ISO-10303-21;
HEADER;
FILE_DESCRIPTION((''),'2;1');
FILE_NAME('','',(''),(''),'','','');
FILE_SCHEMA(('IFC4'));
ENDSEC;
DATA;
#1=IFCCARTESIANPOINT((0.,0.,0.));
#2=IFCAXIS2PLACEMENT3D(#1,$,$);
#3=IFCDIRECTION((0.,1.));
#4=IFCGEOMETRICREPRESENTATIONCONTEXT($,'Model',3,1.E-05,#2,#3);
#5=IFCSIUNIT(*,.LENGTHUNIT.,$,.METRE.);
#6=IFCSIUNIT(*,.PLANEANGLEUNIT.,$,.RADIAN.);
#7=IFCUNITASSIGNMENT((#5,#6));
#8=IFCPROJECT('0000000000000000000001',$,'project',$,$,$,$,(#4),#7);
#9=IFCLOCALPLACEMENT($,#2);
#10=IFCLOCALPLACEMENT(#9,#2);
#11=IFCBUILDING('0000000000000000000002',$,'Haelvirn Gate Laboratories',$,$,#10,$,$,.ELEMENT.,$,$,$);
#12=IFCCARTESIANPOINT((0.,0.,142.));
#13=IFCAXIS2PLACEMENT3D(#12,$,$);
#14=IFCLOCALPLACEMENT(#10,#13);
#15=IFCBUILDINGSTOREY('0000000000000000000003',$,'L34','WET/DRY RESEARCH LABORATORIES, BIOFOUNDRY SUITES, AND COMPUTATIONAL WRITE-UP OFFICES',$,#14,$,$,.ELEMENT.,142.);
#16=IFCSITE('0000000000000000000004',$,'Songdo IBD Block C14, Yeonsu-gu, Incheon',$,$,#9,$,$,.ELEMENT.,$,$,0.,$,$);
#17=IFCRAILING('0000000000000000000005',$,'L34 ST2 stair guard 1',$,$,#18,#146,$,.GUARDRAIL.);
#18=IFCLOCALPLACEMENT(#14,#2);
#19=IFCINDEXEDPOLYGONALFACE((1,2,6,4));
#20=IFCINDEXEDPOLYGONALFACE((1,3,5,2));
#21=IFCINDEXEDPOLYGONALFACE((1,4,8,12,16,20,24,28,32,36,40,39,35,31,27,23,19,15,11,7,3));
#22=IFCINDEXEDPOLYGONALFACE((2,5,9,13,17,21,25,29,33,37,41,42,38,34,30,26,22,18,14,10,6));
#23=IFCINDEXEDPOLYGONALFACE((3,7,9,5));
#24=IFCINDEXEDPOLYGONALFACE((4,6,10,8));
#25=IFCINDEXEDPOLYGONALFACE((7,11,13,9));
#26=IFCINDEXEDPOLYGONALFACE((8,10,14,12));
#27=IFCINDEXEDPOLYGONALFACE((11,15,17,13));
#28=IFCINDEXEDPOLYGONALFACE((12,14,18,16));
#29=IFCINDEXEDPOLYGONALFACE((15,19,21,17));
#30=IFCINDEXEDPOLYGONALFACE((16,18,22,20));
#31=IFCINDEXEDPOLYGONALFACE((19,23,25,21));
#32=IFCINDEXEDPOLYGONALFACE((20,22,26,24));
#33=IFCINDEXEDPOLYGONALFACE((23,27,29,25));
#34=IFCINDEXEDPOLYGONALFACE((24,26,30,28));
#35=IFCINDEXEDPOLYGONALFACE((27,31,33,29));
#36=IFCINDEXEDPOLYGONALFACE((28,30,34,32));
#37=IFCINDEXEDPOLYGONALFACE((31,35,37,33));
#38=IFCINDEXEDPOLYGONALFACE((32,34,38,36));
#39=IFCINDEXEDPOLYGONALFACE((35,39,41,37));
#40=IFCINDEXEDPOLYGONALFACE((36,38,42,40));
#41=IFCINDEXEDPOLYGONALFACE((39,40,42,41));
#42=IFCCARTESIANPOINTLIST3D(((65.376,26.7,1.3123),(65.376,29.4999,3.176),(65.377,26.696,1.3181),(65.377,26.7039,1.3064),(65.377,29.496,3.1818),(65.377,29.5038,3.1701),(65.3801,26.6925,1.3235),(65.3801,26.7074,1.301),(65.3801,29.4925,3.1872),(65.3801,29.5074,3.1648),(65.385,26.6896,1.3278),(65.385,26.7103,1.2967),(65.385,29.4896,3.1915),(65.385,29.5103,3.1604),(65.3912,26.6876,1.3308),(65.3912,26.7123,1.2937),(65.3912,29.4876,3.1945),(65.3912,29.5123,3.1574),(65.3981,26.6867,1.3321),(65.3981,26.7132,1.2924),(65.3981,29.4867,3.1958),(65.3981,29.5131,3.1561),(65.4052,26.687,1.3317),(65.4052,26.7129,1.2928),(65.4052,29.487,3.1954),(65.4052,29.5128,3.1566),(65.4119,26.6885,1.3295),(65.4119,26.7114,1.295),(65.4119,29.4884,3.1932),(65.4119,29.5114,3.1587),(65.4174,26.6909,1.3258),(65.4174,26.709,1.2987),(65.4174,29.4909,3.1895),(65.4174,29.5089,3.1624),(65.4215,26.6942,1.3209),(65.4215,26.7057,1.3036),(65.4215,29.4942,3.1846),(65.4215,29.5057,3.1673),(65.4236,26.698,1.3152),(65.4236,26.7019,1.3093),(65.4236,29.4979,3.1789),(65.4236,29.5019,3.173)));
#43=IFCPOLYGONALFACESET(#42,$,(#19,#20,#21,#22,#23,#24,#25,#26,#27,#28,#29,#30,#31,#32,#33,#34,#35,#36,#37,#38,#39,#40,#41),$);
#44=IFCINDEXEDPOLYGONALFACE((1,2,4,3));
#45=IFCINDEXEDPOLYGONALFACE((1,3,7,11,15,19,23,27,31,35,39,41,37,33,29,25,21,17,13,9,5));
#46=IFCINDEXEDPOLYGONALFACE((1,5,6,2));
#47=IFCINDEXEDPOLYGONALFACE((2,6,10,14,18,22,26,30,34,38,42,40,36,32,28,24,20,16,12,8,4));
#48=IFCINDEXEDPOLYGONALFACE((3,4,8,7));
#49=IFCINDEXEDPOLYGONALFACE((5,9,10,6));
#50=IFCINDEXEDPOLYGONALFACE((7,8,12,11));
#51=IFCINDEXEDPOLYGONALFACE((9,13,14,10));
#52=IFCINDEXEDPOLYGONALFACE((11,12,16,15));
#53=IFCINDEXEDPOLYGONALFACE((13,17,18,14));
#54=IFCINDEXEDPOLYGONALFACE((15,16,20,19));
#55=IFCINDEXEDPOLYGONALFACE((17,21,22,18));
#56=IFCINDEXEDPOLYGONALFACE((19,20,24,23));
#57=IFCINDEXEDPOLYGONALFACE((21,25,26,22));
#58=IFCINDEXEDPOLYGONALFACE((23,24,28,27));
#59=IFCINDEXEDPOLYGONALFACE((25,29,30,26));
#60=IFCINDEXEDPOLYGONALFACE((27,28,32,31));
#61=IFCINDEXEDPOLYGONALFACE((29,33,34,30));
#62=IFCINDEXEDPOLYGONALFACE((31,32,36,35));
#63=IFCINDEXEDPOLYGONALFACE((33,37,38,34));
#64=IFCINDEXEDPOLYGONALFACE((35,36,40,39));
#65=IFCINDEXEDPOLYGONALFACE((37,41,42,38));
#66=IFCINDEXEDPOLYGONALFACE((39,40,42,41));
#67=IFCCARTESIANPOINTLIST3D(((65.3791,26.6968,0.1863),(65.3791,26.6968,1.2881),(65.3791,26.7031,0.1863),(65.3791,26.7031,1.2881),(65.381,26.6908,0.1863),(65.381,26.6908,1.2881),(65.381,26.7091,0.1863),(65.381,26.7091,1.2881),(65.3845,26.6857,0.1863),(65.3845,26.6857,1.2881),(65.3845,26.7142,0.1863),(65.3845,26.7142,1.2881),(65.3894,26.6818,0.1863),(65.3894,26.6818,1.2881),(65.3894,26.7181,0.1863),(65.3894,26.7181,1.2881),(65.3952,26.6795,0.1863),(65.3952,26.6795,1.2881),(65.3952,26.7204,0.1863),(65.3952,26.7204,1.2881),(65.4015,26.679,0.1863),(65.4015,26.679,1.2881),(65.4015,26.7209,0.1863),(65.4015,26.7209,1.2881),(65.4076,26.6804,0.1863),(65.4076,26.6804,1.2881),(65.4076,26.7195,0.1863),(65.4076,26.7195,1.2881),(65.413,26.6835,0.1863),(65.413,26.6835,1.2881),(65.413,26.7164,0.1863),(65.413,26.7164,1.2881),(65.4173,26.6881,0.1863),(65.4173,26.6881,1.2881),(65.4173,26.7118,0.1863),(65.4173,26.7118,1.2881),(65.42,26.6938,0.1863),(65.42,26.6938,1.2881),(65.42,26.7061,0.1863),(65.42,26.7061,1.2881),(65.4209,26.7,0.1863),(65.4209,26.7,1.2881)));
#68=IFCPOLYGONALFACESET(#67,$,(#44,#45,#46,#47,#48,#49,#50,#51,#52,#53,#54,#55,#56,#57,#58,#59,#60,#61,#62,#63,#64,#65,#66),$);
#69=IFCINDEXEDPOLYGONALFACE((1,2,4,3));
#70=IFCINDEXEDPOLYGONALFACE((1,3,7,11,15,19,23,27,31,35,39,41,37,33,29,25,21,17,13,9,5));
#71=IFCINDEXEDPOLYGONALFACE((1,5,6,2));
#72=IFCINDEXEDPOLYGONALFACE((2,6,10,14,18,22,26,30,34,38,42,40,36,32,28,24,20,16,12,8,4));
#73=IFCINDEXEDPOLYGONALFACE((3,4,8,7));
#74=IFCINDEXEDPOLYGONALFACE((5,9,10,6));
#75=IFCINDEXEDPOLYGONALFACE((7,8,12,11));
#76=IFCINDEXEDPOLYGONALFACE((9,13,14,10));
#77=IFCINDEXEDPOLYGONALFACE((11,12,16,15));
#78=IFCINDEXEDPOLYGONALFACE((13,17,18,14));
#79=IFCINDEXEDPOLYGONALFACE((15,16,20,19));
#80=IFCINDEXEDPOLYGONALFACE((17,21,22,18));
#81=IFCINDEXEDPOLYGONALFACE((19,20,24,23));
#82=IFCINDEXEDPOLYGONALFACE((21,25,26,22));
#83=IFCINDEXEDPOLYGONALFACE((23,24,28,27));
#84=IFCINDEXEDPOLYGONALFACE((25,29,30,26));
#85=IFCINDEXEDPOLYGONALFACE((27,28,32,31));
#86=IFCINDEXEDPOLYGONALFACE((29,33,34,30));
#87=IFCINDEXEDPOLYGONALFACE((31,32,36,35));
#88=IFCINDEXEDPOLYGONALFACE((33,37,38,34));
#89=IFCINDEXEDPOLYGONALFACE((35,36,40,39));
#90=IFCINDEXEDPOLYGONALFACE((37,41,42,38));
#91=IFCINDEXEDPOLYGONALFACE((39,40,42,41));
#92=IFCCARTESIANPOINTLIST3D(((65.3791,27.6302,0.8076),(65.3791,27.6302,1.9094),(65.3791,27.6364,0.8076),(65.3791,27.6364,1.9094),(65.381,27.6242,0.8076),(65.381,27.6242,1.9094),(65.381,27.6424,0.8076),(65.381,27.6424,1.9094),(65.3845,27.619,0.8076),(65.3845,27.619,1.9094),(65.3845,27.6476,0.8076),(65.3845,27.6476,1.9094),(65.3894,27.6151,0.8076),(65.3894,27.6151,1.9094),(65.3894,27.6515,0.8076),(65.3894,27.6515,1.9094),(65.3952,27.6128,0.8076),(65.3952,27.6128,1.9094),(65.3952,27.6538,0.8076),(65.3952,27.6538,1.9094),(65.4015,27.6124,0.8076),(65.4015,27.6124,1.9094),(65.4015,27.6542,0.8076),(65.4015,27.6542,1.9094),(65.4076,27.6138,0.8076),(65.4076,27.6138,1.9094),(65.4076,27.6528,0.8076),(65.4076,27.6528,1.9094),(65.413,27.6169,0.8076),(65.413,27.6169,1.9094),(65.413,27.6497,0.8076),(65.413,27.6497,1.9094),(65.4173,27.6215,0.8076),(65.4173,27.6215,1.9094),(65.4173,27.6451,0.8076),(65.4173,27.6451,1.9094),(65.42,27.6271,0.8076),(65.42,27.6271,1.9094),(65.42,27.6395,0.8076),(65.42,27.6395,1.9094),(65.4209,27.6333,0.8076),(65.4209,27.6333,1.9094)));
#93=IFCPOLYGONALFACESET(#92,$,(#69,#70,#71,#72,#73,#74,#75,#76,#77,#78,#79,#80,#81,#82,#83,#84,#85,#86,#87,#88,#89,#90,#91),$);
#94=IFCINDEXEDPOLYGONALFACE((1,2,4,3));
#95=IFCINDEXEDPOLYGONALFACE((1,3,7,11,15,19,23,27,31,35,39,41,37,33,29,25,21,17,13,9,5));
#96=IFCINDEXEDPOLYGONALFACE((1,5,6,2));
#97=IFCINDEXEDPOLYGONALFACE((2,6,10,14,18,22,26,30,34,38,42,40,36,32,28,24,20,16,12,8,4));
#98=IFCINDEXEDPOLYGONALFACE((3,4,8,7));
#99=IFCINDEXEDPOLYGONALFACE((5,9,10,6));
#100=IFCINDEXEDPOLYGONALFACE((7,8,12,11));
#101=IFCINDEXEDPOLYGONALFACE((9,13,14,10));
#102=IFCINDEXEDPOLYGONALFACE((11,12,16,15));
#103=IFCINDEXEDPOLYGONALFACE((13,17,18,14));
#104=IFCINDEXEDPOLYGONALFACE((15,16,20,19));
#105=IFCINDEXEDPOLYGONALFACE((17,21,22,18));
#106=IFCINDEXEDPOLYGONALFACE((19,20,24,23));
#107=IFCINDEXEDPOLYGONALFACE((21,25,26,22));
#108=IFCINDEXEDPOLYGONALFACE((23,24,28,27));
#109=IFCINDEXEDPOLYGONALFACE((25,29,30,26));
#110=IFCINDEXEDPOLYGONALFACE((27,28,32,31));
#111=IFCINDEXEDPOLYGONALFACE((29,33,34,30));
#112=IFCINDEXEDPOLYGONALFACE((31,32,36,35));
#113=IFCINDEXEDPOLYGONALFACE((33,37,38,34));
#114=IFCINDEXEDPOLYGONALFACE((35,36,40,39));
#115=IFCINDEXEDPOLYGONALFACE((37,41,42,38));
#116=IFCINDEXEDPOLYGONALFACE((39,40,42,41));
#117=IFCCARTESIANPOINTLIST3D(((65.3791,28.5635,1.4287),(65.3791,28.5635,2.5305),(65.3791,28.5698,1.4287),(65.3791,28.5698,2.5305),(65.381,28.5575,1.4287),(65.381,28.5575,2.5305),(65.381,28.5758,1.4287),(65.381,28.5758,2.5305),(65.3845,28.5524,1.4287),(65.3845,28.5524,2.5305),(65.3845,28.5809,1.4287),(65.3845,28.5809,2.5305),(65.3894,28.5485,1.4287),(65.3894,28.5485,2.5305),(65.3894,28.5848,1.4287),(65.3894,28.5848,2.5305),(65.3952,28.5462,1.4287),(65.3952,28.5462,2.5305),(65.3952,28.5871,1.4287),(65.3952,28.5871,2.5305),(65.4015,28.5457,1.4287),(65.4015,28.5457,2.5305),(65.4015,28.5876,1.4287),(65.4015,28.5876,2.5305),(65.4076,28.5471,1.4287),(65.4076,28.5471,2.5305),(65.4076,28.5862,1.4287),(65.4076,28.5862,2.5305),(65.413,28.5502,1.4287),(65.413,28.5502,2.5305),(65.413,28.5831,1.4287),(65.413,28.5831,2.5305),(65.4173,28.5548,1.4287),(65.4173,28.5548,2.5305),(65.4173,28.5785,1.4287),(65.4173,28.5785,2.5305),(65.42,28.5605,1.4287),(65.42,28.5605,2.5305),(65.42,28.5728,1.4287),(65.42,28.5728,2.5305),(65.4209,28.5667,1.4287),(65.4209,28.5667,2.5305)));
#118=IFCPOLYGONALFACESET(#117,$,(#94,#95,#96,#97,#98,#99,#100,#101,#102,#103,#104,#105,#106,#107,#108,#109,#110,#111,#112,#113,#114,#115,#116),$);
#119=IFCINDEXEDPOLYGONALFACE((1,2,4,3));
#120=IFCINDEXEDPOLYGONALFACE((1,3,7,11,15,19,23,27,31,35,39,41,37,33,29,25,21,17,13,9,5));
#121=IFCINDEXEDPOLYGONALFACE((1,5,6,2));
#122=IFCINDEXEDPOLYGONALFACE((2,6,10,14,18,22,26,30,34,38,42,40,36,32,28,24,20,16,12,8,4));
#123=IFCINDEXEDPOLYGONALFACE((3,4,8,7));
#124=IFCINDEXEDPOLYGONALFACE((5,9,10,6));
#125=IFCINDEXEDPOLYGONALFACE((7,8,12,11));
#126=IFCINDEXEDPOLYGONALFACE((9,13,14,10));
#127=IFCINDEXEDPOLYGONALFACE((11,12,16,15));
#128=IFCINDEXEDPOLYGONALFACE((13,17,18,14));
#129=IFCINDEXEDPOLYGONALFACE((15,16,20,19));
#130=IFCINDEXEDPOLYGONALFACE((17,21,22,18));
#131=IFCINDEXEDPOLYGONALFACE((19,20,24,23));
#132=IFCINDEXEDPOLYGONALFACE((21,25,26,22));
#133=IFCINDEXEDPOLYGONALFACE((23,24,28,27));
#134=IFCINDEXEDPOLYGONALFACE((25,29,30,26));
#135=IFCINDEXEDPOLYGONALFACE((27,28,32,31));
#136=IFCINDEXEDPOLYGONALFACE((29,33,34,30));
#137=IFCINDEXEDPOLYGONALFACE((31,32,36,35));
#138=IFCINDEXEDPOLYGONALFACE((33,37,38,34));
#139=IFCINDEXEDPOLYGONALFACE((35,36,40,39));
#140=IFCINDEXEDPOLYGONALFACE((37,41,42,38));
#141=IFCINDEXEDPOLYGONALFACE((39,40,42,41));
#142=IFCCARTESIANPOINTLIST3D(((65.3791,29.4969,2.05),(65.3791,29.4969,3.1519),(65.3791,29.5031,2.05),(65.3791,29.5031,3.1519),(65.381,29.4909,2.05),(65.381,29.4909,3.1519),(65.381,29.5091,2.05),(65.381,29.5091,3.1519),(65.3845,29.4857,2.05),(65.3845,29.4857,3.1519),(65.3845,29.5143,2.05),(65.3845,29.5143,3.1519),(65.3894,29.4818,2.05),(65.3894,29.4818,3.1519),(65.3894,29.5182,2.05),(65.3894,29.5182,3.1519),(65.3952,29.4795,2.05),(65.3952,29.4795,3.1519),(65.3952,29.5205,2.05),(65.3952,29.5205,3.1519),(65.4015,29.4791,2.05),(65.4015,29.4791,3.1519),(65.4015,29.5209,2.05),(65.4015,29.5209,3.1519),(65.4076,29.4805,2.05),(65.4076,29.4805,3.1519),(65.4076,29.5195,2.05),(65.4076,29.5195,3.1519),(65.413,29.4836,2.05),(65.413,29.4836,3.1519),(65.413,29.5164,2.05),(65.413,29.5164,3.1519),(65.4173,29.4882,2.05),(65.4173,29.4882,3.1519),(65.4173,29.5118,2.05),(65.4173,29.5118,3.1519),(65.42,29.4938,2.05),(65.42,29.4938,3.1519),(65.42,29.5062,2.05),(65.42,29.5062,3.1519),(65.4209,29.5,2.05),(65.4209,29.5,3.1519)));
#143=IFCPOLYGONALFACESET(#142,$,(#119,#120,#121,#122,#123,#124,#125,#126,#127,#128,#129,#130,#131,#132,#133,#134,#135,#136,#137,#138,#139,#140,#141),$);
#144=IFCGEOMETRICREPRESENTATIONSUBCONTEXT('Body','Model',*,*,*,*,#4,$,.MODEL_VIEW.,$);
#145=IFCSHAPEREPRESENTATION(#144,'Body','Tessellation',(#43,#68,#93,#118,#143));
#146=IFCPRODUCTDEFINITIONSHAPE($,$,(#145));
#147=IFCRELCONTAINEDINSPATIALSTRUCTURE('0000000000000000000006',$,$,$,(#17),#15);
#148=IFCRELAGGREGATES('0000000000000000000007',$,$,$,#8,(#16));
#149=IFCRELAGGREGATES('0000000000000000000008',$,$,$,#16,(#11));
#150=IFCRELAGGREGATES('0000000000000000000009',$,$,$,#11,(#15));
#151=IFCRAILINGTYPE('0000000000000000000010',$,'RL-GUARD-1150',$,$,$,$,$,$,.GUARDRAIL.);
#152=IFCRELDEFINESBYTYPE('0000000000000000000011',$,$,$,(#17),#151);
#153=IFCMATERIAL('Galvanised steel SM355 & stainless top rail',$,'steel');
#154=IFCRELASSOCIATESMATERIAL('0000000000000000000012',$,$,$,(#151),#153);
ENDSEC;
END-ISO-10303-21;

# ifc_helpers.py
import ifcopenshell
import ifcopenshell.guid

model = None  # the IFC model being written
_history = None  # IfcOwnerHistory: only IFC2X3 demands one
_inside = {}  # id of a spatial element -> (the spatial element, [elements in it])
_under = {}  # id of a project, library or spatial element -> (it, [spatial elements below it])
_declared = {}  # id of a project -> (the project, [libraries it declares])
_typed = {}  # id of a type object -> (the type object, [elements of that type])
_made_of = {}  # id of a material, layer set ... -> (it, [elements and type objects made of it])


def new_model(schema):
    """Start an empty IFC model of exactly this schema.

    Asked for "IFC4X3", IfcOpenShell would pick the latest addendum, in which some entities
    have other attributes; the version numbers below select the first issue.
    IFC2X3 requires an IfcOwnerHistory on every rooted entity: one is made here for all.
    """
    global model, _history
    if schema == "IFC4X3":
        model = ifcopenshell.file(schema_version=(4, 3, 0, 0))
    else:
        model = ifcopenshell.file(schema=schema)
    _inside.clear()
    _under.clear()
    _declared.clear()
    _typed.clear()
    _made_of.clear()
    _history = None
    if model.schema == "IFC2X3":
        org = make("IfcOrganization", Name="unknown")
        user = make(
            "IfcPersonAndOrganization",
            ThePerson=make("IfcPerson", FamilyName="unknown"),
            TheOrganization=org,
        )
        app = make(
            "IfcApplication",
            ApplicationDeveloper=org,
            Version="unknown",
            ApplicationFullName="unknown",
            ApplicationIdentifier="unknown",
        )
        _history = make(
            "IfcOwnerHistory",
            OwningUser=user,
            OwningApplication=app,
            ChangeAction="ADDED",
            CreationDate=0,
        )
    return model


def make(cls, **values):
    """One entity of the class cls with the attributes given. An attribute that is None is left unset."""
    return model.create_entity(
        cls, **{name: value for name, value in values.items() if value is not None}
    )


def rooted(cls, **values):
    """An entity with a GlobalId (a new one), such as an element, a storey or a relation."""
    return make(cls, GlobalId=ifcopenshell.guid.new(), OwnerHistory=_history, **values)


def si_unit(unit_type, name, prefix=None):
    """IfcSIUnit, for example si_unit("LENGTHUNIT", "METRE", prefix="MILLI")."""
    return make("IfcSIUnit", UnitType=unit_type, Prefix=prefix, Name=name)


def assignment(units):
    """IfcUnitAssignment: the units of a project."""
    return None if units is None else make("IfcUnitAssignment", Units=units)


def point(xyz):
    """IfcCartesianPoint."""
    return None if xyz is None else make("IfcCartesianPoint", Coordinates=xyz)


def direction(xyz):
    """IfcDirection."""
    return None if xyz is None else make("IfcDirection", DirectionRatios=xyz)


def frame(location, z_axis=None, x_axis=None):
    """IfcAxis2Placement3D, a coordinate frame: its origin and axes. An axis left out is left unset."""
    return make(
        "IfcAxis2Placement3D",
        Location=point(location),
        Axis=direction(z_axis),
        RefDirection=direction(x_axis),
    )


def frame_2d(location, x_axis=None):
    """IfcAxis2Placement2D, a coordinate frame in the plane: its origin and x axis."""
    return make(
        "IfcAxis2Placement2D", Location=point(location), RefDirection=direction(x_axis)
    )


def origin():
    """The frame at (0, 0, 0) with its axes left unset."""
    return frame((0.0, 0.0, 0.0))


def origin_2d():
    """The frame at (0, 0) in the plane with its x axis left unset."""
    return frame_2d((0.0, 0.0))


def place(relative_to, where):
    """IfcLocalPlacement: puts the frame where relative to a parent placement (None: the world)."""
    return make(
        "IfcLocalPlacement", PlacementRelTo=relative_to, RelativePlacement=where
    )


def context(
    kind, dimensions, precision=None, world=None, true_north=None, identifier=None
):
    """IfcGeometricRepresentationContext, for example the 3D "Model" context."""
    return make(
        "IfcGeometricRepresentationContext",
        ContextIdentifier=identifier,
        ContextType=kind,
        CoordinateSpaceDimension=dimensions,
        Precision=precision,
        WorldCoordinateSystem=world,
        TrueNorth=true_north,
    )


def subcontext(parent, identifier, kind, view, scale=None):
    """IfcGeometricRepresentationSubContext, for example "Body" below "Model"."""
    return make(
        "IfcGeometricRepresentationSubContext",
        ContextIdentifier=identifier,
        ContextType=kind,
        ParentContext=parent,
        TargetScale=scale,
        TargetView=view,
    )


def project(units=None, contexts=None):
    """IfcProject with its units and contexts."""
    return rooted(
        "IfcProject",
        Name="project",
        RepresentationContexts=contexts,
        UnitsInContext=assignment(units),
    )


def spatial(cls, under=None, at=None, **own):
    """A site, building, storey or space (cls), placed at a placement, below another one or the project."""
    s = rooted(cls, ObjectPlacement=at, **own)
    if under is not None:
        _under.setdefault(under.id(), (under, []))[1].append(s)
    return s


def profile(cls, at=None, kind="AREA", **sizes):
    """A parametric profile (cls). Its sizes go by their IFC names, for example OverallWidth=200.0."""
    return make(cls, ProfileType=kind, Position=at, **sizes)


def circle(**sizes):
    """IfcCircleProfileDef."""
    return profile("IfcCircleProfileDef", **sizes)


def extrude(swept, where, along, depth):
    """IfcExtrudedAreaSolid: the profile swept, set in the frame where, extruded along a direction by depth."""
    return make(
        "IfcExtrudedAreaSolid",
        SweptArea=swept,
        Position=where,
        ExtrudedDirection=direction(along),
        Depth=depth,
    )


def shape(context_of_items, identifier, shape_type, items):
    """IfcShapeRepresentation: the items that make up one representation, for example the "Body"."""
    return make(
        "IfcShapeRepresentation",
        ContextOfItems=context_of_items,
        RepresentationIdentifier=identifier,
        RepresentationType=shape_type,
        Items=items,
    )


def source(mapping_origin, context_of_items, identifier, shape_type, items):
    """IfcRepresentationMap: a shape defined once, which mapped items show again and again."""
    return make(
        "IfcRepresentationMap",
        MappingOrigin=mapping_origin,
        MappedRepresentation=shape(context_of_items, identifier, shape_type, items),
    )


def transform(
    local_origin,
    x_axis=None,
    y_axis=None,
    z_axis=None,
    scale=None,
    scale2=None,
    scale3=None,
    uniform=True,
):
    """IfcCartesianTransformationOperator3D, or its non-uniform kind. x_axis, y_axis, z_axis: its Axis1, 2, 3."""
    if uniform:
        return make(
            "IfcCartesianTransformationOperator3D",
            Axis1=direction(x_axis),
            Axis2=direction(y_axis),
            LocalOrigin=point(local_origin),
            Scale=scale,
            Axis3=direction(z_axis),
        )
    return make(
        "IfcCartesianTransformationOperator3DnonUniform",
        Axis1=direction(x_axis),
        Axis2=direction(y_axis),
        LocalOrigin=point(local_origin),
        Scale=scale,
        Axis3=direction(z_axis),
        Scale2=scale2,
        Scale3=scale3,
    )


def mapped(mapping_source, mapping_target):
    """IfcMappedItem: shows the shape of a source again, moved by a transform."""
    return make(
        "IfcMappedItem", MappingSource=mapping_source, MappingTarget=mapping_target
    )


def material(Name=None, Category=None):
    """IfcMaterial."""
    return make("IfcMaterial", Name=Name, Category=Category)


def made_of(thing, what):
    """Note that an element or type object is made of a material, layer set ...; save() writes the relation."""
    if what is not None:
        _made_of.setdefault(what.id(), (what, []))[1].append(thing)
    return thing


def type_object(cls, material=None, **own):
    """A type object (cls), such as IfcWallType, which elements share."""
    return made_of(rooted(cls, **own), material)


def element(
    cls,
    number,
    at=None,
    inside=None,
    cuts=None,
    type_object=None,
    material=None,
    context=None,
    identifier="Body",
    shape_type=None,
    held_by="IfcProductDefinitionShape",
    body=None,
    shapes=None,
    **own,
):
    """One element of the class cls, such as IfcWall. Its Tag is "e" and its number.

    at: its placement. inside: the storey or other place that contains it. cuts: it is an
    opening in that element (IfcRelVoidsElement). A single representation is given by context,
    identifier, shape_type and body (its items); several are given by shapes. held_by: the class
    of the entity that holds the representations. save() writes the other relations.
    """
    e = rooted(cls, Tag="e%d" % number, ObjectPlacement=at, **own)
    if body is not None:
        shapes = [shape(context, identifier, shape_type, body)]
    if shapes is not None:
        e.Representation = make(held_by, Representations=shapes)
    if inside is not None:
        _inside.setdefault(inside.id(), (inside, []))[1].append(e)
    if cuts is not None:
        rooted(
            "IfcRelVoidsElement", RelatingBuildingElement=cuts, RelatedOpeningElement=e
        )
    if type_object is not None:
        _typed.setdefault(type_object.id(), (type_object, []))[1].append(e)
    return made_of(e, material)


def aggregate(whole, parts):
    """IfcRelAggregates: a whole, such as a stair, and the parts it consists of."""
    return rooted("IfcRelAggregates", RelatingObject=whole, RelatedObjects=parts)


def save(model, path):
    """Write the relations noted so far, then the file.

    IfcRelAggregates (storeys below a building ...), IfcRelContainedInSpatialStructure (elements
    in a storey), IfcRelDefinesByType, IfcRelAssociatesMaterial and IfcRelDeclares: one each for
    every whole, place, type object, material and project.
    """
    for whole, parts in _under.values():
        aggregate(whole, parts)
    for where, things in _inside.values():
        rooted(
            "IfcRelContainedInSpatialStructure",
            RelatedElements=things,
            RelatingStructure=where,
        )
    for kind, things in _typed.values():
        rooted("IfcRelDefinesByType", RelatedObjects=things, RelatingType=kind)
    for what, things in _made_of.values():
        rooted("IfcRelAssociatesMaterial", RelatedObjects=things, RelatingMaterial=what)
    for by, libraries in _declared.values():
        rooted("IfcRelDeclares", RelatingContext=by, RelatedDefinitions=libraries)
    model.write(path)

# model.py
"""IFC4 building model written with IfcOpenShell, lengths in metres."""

from ifc_helpers import new_model, si_unit, direction, frame, origin, origin_2d, place, context, subcontext, project, spatial, circle, extrude, source, transform, mapped, material, type_object, element, save


model = new_model("IFC4")

# Units and contexts
model_context = context("Model", 3, precision=1e-05, world=origin(), true_north=direction((0.0, 1.0)))
body_context = subcontext(model_context, "Body", "Model", "MODEL_VIEW")
ifc_project = project(units=[si_unit("LENGTHUNIT", "METRE"), si_unit("PLANEANGLEUNIT", "RADIAN")], contexts=[model_context])

# Site, building, storey
site_placement = place(None, origin())
site = spatial("IfcSite", under=ifc_project, at=site_placement, Name="Songdo IBD Block C14, Yeonsu-gu, Incheon", CompositionType="ELEMENT", RefElevation=0.0)
building_placement = place(site_placement, origin())
building = spatial("IfcBuilding", under=site, at=building_placement, Name="Haelvirn Gate Laboratories", CompositionType="ELEMENT")
storey_placement = place(building_placement, frame((0.0, 0.0, 142.0)))
storey = spatial("IfcBuildingStorey", under=building, at=storey_placement, Name="L34", Description="WET/DRY RESEARCH LABORATORIES, BIOFOUNDRY SUITES, AND COMPUTATIONAL WRITE-UP OFFICES", CompositionType="ELEMENT", Elevation=142.0)

# Railing
ifc_material_1 = material(Name="Galvanised steel SM355 & stainless top rail", Category="steel")
railing_type_1 = type_object("IfcRailingType", Name="RL-GUARD-1150", PredefinedType="GUARDRAIL", material=ifc_material_1)
shared_shape_1 = source(origin(), body_context, "Body", "SweptSolid", [
    extrude(circle(Radius=0.0239, at=origin_2d()), frame((0.0, 0.0, 1.126), z_axis=(0.0, 0.832452, 0.554097), x_axis=(-1.0, 0.0, 0.0)), (0.0, 0.0, 1.0), 3.3635),
    extrude(circle(Radius=0.021, at=origin_2d()), origin(), (0.0, 0.0, 1.0), 1.1018),
    extrude(circle(Radius=0.021, at=origin_2d()), frame((0.0, 0.9333, 0.6213)), (0.0, 0.0, 1.0), 1.1018),
    extrude(circle(Radius=0.021, at=origin_2d()), frame((0.0, 1.8667, 1.2424)), (0.0, 0.0, 1.0), 1.1018),
    extrude(circle(Radius=0.021, at=origin_2d()), frame((0.0, 2.8, 1.8638)), (0.0, 0.0, 1.0), 1.1018),
])
railing_1_placement = place(storey_placement, frame((65.3999, 26.7, 0.1863)))
element("IfcRailing", 1, at=railing_1_placement, inside=storey, type_object=railing_type_1, Name="L34 ST2 stair guard 1", PredefinedType="GUARDRAIL", context=body_context, shape_type="MappedRepresentation", body=[
    mapped(shared_shape_1, transform((0.0, 0.0, 0.0), scale=1.0)),
])

save(model, "model.ifc")
